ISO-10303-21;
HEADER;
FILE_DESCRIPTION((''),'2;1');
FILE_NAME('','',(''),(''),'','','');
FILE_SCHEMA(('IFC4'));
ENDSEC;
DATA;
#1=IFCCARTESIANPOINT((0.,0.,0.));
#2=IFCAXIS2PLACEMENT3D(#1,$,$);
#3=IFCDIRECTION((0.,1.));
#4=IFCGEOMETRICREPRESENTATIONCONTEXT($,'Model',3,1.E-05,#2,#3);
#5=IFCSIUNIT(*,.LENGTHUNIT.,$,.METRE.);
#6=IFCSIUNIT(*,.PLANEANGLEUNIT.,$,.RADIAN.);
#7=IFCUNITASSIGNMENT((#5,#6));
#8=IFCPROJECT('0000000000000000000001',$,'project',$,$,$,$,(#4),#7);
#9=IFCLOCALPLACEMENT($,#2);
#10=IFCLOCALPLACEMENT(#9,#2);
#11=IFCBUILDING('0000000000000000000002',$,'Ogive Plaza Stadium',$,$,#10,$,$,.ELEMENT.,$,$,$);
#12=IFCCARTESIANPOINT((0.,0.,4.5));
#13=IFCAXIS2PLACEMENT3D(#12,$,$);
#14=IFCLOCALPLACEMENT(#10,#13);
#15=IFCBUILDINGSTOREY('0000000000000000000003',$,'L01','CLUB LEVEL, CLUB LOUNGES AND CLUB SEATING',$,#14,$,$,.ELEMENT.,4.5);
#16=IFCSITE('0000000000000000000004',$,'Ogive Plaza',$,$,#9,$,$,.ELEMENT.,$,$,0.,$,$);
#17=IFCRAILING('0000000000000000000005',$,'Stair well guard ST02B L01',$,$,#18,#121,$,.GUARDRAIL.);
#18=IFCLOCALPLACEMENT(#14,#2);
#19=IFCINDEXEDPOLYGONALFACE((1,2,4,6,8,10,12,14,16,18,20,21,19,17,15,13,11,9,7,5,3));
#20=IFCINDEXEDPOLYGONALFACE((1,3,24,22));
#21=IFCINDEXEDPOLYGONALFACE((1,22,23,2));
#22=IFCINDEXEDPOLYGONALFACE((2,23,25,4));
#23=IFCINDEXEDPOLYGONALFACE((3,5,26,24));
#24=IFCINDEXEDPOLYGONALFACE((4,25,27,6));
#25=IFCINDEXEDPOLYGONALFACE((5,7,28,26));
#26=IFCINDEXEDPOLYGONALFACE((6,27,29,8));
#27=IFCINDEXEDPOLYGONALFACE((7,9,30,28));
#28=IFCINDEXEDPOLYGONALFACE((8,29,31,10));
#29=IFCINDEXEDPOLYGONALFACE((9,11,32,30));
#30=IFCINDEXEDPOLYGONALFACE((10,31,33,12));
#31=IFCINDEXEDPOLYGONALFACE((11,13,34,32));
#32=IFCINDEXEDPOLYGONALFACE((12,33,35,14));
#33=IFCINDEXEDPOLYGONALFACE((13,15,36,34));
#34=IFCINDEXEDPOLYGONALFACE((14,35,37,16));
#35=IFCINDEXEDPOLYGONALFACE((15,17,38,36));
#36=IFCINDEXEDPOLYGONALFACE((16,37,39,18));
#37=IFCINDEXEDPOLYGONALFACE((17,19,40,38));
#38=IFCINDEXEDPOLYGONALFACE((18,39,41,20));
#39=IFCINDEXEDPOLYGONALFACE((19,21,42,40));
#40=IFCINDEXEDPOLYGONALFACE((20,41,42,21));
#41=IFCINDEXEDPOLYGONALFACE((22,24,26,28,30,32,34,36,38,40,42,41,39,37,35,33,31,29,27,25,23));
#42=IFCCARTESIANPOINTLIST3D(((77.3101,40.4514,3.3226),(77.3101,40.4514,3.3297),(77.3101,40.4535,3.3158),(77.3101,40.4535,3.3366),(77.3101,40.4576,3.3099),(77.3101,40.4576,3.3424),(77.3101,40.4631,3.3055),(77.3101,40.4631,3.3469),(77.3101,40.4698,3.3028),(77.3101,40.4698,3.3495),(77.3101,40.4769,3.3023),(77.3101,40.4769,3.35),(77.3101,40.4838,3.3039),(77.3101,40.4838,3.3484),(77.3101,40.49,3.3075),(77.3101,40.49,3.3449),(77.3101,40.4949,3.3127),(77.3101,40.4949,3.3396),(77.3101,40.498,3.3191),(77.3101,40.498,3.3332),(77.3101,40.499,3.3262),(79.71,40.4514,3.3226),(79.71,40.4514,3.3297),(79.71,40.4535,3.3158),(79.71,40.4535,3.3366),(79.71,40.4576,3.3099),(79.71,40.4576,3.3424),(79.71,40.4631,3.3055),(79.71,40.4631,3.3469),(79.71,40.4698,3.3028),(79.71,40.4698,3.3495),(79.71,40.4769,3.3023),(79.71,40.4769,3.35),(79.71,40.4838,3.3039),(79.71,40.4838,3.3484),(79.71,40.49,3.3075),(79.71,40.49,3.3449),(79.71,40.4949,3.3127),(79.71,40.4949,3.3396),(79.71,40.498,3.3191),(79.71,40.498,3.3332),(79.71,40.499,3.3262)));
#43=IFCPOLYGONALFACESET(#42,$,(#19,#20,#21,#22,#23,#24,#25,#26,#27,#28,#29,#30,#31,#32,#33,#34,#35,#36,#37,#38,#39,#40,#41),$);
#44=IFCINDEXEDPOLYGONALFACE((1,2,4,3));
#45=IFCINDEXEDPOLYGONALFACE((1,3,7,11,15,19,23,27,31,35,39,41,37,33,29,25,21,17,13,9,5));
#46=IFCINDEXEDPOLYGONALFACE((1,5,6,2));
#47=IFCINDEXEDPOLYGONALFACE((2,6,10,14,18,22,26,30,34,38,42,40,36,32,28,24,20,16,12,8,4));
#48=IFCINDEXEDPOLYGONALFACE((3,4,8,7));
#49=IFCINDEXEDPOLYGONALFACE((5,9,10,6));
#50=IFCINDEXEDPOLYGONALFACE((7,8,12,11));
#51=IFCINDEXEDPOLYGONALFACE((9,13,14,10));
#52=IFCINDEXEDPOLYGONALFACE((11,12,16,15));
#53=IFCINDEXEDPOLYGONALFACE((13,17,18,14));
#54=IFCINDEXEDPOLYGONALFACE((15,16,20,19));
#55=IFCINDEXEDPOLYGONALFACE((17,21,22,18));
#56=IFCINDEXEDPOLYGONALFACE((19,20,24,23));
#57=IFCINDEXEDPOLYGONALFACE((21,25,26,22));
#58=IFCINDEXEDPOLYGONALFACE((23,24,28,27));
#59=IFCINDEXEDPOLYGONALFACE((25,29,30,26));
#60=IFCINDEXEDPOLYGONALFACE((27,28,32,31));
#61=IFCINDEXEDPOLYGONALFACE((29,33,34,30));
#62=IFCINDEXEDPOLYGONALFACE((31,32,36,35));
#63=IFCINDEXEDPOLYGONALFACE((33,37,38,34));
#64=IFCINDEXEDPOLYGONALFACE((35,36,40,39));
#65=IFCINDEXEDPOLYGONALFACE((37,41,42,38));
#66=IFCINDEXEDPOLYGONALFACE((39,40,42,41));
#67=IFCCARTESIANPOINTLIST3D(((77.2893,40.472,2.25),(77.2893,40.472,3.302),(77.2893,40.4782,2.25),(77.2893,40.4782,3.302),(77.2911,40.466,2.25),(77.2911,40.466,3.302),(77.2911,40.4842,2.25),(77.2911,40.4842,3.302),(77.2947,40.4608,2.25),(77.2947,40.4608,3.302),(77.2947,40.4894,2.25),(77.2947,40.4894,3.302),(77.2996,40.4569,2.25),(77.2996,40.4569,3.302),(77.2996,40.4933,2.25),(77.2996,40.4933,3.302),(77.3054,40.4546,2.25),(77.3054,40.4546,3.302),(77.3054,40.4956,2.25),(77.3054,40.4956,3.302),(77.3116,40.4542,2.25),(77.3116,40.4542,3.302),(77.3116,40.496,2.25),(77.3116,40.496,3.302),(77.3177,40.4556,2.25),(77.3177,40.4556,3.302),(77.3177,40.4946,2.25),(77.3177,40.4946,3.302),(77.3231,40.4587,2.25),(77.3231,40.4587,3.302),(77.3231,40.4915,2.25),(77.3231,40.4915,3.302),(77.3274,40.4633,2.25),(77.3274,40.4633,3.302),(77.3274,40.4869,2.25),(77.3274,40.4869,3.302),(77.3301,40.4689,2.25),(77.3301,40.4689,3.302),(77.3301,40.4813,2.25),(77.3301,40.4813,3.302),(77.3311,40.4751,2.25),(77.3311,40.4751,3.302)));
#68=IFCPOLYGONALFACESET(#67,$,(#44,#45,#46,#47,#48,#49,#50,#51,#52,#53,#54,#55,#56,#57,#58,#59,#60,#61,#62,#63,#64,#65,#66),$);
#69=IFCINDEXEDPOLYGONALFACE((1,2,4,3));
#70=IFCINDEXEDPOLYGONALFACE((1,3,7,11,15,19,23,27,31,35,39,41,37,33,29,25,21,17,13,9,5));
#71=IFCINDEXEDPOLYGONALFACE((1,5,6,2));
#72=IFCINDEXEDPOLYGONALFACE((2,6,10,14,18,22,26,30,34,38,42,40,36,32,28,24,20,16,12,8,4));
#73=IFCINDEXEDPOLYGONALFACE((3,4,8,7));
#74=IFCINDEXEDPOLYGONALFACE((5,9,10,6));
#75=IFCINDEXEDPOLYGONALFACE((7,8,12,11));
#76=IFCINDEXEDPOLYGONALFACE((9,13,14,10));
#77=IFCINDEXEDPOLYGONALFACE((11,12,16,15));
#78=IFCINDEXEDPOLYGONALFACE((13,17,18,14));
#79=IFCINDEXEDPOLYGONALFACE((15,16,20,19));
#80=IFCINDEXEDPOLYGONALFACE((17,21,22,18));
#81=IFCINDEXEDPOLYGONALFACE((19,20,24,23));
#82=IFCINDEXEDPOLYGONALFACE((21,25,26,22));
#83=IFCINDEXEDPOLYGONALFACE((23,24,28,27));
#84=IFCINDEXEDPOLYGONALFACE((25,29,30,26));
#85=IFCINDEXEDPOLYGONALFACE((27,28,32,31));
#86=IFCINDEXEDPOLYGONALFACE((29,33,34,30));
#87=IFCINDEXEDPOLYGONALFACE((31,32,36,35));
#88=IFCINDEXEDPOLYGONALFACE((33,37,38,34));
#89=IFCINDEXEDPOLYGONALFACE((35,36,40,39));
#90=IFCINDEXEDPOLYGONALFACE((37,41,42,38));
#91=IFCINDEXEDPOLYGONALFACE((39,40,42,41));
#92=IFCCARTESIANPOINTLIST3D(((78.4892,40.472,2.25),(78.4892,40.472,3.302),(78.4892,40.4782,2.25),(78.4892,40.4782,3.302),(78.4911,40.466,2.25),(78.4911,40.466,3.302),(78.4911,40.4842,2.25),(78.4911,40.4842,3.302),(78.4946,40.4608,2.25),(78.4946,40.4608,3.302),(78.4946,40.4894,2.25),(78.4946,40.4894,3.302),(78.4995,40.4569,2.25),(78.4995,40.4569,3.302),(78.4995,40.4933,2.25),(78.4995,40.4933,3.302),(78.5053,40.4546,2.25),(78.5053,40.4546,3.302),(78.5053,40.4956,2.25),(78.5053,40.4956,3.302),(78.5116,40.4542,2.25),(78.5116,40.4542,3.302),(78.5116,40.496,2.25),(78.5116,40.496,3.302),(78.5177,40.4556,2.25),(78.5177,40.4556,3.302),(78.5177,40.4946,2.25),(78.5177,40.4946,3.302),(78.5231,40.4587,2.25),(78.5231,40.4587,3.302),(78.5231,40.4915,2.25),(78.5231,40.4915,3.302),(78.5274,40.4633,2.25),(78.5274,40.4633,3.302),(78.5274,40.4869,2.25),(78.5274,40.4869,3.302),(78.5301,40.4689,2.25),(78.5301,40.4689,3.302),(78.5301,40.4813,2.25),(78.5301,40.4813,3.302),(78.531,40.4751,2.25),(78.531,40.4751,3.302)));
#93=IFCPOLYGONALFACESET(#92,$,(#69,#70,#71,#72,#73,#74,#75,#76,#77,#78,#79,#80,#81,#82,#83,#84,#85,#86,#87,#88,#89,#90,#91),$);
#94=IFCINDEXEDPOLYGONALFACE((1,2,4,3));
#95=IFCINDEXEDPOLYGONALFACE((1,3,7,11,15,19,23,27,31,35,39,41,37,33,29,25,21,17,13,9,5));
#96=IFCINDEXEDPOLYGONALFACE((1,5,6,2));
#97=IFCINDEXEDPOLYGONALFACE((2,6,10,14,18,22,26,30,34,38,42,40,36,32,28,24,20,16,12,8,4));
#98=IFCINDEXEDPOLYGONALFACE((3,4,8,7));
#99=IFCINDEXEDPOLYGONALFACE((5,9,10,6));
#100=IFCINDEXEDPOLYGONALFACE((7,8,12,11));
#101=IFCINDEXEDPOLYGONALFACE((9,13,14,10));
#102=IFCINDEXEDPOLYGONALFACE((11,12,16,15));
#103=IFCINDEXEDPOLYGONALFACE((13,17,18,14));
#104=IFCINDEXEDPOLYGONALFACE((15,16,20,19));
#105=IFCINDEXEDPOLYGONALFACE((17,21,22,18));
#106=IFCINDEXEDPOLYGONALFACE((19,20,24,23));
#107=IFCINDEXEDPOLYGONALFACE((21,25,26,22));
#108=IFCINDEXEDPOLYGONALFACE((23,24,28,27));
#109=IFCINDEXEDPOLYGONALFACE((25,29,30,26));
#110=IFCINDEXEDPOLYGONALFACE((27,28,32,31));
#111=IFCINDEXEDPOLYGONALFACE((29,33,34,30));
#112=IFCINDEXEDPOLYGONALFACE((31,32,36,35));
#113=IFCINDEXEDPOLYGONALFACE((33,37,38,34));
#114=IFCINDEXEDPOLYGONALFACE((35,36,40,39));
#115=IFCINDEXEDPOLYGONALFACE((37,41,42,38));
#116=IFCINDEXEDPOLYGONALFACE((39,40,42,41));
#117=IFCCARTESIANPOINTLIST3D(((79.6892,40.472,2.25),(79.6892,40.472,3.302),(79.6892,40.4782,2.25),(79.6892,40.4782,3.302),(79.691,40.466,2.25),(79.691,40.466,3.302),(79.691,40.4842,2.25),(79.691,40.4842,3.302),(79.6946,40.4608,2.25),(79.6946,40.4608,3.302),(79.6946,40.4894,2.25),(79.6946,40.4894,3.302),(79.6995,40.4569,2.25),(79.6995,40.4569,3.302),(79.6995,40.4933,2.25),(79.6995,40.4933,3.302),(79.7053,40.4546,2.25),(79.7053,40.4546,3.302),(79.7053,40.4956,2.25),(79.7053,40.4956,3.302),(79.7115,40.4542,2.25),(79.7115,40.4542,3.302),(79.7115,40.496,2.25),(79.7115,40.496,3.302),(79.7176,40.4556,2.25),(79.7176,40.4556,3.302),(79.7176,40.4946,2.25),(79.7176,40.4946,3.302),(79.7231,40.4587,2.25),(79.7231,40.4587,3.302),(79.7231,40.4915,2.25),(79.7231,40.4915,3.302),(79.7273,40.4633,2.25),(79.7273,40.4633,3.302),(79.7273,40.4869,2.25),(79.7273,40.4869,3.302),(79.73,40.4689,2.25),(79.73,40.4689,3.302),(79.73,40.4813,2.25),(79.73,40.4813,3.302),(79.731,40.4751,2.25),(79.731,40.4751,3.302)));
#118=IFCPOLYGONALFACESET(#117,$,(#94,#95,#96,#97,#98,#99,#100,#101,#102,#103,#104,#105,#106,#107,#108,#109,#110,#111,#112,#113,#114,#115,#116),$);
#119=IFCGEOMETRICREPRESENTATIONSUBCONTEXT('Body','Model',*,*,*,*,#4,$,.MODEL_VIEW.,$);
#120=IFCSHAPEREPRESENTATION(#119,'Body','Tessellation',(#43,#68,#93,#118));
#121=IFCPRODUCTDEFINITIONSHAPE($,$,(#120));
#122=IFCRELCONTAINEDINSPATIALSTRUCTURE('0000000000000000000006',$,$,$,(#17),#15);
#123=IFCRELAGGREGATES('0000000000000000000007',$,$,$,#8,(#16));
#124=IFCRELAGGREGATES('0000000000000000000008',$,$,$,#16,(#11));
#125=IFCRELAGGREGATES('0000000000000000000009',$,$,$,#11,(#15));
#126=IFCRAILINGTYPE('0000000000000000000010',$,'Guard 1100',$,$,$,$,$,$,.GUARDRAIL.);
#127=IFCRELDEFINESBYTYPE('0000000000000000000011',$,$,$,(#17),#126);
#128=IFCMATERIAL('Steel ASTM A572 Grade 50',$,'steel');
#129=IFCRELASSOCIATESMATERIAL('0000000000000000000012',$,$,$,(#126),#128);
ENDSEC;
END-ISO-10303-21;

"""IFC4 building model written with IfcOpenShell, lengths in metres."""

from ifc_helpers import new_model, si_unit, direction, frame, origin, origin_2d, place, context, subcontext, project, spatial, circle, extrude, material, type_object, element, save


model = new_model("IFC4")

# Units and contexts
model_context = context("Model", 3, precision=1e-05, world=origin(), true_north=direction((0.0, 1.0)))
body_context = subcontext(model_context, "Body", "Model", "MODEL_VIEW")
ifc_project = project(units=[si_unit("LENGTHUNIT", "METRE"), si_unit("PLANEANGLEUNIT", "RADIAN")], contexts=[model_context])

# Site, building, storey
site_placement = place(None, origin())
site = spatial("IfcSite", under=ifc_project, at=site_placement, Name="Ogive Plaza", CompositionType="ELEMENT", RefElevation=0.0)
building_placement = place(site_placement, origin())
building = spatial("IfcBuilding", under=site, at=building_placement, Name="Ogive Plaza Stadium", CompositionType="ELEMENT")
storey_placement = place(building_placement, frame((0.0, 0.0, 4.5)))
storey = spatial("IfcBuildingStorey", under=building, at=storey_placement, Name="L01", Description="CLUB LEVEL, CLUB LOUNGES AND CLUB SEATING", CompositionType="ELEMENT", Elevation=4.5)

# Railing
ifc_material_1 = material(Name="Steel ASTM A572 Grade 50", Category="steel")
railing_type_1 = type_object("IfcRailingType", Name="Guard 1100", PredefinedType="GUARDRAIL", material=ifc_material_1)
for number, where, name in (
    (1, (77.3101, 40.4751, 2.25), "Stair well guard ST02B L01"),
):
    element("IfcRailing", number, at=place(storey_placement, frame(where)), inside=storey, type_object=railing_type_1, Name=name, PredefinedType="GUARDRAIL", context=body_context, shape_type="SweptSolid", body=[
        extrude(circle(Radius=0.0239, at=origin_2d()), frame((0.0, 0.0, 1.0762), z_axis=(1.0, 0.0, 0.0), x_axis=(0.0, 1.0, 0.0)), (0.0, 0.0, 1.0), 2.3999),
        extrude(circle(Radius=0.021, at=origin_2d()), origin(), (0.0, 0.0, 1.0), 1.052),
        extrude(circle(Radius=0.021, at=origin_2d()), frame((1.2, 0.0, 0.0)), (0.0, 0.0, 1.0), 1.052),
        extrude(circle(Radius=0.021, at=origin_2d()), frame((2.3999, 0.0, 0.0)), (0.0, 0.0, 1.0), 1.052),
    ])

save(model, "model.ifc")
